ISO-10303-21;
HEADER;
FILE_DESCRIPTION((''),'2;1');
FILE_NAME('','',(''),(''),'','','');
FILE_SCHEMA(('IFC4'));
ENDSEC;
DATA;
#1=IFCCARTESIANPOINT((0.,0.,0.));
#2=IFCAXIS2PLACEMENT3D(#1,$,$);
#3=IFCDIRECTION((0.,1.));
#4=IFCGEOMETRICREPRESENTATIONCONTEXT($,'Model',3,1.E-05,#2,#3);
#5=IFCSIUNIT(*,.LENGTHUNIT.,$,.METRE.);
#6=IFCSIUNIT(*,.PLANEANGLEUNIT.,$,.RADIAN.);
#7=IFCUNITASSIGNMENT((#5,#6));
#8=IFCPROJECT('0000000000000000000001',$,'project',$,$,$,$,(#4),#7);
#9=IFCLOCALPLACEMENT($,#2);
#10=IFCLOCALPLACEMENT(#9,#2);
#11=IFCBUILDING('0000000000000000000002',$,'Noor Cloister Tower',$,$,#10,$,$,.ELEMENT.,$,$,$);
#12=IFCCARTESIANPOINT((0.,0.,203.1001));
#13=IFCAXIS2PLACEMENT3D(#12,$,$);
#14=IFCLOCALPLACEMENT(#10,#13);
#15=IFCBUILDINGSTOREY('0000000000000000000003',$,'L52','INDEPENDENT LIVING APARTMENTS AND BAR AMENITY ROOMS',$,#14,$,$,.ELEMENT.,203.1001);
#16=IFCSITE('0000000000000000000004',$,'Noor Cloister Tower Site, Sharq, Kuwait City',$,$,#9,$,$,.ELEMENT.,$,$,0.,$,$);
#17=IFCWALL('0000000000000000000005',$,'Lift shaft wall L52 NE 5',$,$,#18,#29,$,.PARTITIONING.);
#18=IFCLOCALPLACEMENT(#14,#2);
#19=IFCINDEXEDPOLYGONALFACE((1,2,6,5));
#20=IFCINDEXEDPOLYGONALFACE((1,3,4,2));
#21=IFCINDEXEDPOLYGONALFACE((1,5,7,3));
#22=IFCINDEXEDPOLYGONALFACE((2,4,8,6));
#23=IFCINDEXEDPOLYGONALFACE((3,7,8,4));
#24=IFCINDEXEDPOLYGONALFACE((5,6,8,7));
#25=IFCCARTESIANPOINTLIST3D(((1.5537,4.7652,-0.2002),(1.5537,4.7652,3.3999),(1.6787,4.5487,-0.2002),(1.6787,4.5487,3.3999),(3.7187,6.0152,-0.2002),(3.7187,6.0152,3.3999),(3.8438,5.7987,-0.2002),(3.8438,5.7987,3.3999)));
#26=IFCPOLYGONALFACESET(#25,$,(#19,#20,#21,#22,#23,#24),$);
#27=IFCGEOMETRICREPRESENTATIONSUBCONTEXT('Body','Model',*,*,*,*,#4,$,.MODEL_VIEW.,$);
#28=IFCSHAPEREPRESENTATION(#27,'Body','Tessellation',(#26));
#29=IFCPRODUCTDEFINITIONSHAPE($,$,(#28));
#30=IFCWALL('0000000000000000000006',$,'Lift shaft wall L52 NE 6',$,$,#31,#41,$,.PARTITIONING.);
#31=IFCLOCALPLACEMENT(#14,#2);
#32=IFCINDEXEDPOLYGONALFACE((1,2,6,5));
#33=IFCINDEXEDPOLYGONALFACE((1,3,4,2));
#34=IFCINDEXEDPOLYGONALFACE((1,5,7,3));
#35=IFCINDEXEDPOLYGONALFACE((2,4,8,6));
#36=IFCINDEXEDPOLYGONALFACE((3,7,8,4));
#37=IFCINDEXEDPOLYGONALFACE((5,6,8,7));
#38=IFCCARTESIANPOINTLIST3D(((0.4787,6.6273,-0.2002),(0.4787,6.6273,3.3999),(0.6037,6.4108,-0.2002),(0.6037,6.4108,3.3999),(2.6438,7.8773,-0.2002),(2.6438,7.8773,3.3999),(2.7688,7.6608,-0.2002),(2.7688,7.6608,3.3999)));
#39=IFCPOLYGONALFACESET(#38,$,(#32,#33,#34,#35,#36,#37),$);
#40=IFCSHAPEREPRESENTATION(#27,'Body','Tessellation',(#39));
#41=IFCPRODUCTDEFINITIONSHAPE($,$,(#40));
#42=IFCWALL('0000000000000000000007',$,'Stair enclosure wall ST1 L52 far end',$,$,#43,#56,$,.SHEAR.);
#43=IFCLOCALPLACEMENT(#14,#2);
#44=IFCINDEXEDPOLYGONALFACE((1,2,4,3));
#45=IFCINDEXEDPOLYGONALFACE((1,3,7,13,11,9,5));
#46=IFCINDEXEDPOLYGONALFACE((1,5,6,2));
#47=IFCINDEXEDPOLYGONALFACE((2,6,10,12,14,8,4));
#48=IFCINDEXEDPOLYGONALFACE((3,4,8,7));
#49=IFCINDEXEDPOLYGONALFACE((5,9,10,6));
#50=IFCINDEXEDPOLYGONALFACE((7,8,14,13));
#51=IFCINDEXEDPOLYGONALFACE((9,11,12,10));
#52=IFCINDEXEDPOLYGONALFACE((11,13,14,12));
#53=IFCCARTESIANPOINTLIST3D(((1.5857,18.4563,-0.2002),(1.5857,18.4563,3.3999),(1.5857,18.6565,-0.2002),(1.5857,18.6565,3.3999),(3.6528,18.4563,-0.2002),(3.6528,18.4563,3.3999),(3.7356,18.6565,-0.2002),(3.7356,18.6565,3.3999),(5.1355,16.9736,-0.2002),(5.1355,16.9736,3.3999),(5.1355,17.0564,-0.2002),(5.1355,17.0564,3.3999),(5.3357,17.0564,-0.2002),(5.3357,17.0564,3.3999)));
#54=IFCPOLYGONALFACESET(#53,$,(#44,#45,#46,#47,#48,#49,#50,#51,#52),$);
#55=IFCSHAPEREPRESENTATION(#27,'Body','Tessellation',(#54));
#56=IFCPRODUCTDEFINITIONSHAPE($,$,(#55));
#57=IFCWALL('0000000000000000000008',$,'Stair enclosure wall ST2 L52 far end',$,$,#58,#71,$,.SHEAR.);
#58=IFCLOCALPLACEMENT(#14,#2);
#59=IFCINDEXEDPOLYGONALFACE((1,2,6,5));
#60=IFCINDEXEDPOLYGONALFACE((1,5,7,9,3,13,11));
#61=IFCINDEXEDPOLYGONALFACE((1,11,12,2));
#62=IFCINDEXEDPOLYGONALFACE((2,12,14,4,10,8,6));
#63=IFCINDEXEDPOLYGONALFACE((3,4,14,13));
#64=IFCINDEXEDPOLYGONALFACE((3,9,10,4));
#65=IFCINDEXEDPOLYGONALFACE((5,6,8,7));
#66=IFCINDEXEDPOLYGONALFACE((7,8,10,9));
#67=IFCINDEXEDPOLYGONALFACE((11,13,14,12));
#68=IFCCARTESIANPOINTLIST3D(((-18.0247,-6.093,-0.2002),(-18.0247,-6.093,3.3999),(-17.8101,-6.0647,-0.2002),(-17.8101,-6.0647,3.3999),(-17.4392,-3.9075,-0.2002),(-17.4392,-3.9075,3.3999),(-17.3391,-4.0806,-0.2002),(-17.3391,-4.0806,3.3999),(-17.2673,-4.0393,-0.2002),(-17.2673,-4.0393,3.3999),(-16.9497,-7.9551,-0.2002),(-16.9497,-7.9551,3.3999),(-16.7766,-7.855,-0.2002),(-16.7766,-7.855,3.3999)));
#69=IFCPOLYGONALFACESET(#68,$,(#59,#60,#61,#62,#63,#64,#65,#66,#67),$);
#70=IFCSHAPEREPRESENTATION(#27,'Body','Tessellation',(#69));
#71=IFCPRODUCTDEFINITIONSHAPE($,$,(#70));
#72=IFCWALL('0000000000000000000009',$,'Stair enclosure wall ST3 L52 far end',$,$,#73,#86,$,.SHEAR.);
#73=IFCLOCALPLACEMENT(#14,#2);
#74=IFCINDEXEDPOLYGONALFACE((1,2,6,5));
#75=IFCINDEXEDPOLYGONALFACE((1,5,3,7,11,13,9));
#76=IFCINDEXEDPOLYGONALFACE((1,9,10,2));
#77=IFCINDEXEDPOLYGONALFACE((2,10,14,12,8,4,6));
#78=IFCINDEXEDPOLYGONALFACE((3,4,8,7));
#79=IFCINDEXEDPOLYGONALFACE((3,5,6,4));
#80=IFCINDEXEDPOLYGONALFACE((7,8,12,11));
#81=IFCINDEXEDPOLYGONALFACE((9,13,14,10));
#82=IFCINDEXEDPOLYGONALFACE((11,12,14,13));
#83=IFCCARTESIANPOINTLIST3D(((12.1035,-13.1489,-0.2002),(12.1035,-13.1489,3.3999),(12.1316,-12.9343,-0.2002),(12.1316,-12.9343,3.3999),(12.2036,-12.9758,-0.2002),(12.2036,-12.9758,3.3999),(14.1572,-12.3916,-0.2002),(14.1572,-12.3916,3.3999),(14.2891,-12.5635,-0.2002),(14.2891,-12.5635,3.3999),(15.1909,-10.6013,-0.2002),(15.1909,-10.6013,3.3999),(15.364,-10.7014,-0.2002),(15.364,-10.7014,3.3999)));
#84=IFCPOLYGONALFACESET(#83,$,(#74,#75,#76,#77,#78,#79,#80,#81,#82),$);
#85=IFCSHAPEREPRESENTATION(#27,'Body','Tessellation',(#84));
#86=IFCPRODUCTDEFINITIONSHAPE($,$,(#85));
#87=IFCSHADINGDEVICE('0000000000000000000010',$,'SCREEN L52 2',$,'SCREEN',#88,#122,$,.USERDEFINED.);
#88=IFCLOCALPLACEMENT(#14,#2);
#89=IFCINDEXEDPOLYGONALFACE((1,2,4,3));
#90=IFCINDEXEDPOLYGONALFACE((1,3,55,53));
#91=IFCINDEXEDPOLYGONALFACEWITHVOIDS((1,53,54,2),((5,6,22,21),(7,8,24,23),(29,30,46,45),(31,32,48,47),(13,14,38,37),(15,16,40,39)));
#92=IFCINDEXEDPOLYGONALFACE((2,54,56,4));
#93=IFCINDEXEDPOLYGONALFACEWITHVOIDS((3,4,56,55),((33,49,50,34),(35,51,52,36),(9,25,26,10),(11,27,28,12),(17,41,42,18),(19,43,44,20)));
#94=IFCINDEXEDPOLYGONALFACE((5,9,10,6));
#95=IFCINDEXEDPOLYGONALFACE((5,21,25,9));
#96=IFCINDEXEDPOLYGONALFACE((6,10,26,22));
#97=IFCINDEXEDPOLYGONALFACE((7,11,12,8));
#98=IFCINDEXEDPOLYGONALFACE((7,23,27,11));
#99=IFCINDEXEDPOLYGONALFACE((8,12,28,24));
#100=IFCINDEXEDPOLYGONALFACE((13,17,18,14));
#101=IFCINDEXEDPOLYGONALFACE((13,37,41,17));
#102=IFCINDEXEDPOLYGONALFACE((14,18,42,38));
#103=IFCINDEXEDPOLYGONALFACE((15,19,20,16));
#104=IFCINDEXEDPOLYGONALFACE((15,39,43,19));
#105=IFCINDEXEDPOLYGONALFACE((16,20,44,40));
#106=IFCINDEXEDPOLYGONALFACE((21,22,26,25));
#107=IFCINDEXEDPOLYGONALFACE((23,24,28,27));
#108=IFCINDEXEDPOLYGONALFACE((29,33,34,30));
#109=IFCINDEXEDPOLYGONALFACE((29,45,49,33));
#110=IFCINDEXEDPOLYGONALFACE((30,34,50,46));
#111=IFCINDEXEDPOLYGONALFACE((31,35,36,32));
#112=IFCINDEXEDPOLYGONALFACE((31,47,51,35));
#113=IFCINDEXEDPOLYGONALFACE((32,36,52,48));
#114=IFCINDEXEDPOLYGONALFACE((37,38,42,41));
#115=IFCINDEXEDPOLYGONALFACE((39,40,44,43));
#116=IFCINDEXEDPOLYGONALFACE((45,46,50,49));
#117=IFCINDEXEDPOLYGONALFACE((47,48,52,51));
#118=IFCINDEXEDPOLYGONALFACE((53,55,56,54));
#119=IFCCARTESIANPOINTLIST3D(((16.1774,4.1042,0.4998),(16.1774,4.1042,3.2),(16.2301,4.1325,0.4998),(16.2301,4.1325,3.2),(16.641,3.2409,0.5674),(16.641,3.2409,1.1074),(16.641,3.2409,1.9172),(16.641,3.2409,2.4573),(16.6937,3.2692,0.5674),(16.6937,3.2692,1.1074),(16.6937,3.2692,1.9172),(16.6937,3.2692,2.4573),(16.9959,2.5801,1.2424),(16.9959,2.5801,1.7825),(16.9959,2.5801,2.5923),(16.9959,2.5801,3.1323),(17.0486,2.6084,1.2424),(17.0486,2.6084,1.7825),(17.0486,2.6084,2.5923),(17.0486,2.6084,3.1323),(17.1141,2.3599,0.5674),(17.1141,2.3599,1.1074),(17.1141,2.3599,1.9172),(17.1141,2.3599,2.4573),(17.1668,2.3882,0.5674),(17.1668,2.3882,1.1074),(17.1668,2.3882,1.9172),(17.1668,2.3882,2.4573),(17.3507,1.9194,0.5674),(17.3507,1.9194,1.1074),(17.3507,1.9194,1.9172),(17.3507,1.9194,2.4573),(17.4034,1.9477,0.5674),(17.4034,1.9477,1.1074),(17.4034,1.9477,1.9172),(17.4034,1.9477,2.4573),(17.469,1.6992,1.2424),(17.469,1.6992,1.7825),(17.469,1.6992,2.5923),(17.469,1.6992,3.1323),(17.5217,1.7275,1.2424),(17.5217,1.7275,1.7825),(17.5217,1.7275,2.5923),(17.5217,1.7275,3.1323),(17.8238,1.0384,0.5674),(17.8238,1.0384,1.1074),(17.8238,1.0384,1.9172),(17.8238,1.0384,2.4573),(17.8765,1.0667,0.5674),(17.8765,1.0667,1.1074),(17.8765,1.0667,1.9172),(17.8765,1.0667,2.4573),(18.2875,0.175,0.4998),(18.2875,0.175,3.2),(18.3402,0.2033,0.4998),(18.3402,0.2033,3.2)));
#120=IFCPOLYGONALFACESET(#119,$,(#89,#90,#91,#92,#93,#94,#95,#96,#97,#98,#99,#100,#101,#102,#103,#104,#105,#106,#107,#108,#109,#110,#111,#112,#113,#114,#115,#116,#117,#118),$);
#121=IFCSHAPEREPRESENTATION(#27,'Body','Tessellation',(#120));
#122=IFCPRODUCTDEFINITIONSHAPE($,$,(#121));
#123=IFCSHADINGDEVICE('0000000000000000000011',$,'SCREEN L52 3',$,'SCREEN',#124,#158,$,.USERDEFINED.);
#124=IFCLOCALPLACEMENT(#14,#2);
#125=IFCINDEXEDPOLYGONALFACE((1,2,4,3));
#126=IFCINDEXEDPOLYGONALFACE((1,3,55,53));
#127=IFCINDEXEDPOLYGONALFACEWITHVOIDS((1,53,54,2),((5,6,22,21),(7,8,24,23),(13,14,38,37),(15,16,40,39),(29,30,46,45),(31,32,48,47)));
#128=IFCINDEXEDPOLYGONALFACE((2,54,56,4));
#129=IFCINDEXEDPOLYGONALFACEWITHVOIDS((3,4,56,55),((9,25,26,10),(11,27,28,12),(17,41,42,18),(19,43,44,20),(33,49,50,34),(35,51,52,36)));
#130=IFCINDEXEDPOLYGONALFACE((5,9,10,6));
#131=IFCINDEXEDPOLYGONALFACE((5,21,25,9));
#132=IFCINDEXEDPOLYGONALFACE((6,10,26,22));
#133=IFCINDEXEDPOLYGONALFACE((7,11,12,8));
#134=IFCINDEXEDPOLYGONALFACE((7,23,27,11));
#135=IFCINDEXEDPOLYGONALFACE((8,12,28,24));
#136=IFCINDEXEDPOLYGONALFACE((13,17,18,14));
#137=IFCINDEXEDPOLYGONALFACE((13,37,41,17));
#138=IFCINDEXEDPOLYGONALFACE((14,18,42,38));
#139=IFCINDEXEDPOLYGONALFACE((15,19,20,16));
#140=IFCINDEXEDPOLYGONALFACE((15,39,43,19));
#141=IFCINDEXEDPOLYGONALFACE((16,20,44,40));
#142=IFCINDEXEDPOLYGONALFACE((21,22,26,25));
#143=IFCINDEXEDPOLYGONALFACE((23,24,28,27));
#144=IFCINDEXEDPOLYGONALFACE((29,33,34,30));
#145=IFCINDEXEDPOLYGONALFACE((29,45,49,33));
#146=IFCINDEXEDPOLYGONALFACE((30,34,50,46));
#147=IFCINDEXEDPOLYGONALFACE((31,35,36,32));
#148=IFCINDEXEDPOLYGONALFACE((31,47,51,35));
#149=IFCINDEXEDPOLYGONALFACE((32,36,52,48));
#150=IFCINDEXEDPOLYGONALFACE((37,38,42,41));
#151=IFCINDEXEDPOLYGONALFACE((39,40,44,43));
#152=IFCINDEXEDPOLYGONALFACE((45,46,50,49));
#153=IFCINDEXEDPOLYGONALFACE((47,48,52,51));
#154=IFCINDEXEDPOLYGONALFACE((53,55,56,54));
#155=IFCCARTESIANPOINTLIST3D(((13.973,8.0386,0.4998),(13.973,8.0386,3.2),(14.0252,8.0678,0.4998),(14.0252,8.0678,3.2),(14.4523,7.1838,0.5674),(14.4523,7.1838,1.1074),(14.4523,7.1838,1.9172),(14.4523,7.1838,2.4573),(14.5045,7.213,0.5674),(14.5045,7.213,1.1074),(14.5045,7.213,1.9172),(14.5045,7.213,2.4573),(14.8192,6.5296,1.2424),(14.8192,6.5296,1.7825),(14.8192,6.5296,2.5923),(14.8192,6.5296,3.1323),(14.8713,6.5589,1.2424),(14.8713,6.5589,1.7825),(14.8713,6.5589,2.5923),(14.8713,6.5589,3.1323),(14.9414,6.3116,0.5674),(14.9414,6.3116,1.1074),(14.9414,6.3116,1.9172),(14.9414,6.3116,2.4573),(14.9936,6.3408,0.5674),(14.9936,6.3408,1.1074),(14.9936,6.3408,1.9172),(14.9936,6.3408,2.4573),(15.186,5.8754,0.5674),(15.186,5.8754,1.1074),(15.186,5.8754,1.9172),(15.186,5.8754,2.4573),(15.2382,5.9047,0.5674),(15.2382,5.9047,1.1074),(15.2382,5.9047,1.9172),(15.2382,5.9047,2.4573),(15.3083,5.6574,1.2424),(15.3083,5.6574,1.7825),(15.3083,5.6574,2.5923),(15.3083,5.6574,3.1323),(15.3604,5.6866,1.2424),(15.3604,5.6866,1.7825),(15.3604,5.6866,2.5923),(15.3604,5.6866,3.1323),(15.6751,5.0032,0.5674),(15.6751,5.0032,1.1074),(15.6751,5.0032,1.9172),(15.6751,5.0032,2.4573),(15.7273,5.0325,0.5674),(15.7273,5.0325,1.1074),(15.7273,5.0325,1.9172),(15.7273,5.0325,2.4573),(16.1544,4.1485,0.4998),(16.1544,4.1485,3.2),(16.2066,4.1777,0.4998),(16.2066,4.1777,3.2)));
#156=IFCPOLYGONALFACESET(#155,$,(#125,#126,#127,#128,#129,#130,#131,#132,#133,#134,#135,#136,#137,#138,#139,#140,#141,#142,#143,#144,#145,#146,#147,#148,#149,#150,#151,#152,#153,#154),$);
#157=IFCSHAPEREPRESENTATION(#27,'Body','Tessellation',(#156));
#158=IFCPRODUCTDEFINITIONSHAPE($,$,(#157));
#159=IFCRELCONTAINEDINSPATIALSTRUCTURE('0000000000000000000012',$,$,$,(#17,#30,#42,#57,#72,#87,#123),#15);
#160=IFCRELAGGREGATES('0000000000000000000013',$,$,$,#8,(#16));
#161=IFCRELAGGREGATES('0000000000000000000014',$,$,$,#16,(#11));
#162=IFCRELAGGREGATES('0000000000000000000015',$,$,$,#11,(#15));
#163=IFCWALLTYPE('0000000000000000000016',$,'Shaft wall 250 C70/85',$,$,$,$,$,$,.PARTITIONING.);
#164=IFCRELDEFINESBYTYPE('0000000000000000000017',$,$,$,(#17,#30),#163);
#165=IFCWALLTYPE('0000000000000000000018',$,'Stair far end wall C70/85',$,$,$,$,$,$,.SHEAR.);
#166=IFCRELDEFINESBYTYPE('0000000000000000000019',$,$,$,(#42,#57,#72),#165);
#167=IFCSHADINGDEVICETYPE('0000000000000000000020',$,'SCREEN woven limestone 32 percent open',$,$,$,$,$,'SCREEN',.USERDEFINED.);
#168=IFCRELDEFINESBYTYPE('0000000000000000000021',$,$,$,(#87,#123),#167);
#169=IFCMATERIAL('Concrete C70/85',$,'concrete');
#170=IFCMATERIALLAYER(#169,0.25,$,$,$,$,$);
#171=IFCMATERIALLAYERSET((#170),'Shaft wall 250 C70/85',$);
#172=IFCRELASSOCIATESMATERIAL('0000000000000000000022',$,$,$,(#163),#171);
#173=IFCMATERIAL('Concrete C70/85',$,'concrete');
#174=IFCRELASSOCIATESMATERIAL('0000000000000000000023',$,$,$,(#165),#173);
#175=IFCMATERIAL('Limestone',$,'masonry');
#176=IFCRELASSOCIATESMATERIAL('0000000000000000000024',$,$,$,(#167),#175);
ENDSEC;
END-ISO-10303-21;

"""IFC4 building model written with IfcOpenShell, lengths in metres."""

from ifc_helpers import new_model, si_unit, direction, frame, frame_2d, origin, place, context, subcontext, project, spatial, polyline, rectangle, outline, extrude, material, layer, layer_set, material_profile, profile_set, type_object, element, save


model = new_model("IFC4")

# Units and contexts
model_context = context("Model", 3, precision=1e-05, world=origin(), true_north=direction((0.0, 1.0)))
body_context = subcontext(model_context, "Body", "Model", "MODEL_VIEW")
ifc_project = project(units=[si_unit("LENGTHUNIT", "METRE"), si_unit("PLANEANGLEUNIT", "RADIAN")], contexts=[model_context])

# Site, building, storey
site_placement = place(None, origin())
site = spatial("IfcSite", under=ifc_project, at=site_placement, Name="Noor Cloister Tower Site, Sharq, Kuwait City", CompositionType="ELEMENT", RefElevation=0.0)
building_placement = place(site_placement, origin())
building = spatial("IfcBuilding", under=site, at=building_placement, Name="Noor Cloister Tower", CompositionType="ELEMENT")
storey_placement = place(building_placement, frame((0.0, 0.0, 203.1001)))
storey = spatial("IfcBuildingStorey", under=building, at=storey_placement, Name="L52", Description="INDEPENDENT LIVING APARTMENTS AND BAR AMENITY ROOMS", CompositionType="ELEMENT", Elevation=203.1001)

# Walls
ifc_material_1 = material(Name="Concrete C70/85", Category="concrete")
ifc_layer_1 = layer(ifc_material_1, 0.25)
ifc_layer_set_1 = layer_set([ifc_layer_1], Name="Shaft wall 250 C70/85")
wall_type_1 = type_object("IfcWallType", Name="Shaft wall 250 C70/85", PredefinedType="PARTITIONING", material=ifc_layer_set_1)
for number, where, z_axis, x_axis, name in (
    (1, (3.7812, 5.907, -0.2002), (0.0, 0.0, 1.0), (-0.866023, -0.500004, 0.0), "Lift shaft wall L52 NE 5"),
    (2, (2.7063, 7.769, -0.2002), (0.0, 0.0, 1.0), (-0.866023, -0.500004, 0.0), "Lift shaft wall L52 NE 6"),
):
    element("IfcWall", number, at=place(storey_placement, frame(where, z_axis=z_axis, x_axis=x_axis)), inside=storey, type_object=wall_type_1, Name=name, PredefinedType="PARTITIONING", context=body_context, shape_type="SweptSolid", body=[
        extrude(rectangle(XDim=2.5, YDim=0.25, at=frame_2d((1.25, 0.0))), origin(), (0.0, 0.0, 1.0), 3.6001),
    ])
ifc_material_2 = material(Name="Concrete C70/85", Category="concrete")
wall_type_2 = type_object("IfcWallType", Name="Stair far end wall C70/85", PredefinedType="SHEAR", material=ifc_material_2)
wall_1_placement = place(storey_placement, frame((0.0, 0.0, -0.2002)))
element("IfcWall", 3, at=wall_1_placement, inside=storey, type_object=wall_type_2, Name="Stair enclosure wall ST1 L52 far end", PredefinedType="SHEAR", context=body_context, shape_type="SweptSolid", body=[
    extrude(outline(polyline([(5.3357, 17.0564), (3.7356, 18.6565), (1.5857, 18.6565), (1.5857, 18.4563), (3.6528, 18.4563), (5.1355, 16.9736), (5.1355, 17.0564), (5.1355, 17.0564), (5.1355, 17.0564), (5.1355, 17.0564), (5.1355, 17.0564), (5.1355, 17.0564), (5.1355, 17.0564), (5.1355, 17.0564), (5.1355, 17.0564), (5.1355, 17.0564), (5.1355, 17.0564), (5.1355, 17.0564), (5.1355, 17.0564), (5.1355, 17.0564), (5.1355, 17.0564), (5.1355, 17.0564), (5.1355, 17.0564), (5.3357, 17.0564)])), origin(), (0.0, 0.0, 1.0), 3.6001),
])
wall_2_placement = place(storey_placement, frame((0.0, 0.0, -0.2002)))
element("IfcWall", 4, at=wall_2_placement, inside=storey, type_object=wall_type_2, Name="Stair enclosure wall ST2 L52 far end", PredefinedType="SHEAR", context=body_context, shape_type="SweptSolid", body=[
    extrude(outline(polyline([(-17.4392, -3.9075), (-18.0247, -6.093), (-16.9497, -7.9551), (-16.7766, -7.855), (-17.8101, -6.0647), (-17.2673, -4.0393), (-17.3391, -4.0806), (-17.3391, -4.0806), (-17.3391, -4.0806), (-17.3391, -4.0806), (-17.3391, -4.0806), (-17.3391, -4.0806), (-17.3391, -4.0806), (-17.3391, -4.0806), (-17.3391, -4.0806), (-17.3391, -4.0806), (-17.3391, -4.0806), (-17.3391, -4.0806), (-17.3391, -4.0806), (-17.3391, -4.0806), (-17.3391, -4.0806), (-17.3391, -4.0806), (-17.3391, -4.0806), (-17.4392, -3.9075)])), origin(), (0.0, 0.0, 1.0), 3.6001),
])
wall_3_placement = place(storey_placement, frame((0.0, 0.0, -0.2002)))
element("IfcWall", 5, at=wall_3_placement, inside=storey, type_object=wall_type_2, Name="Stair enclosure wall ST3 L52 far end", PredefinedType="SHEAR", context=body_context, shape_type="SweptSolid", body=[
    extrude(outline(polyline([(12.1035, -13.1489), (14.2891, -12.5635), (15.364, -10.7014), (15.1909, -10.6013), (14.1572, -12.3916), (12.1316, -12.9343), (12.2036, -12.9758), (12.2036, -12.9758), (12.2036, -12.9758), (12.2036, -12.9758), (12.2036, -12.9758), (12.2036, -12.9758), (12.2036, -12.9758), (12.2036, -12.9758), (12.2036, -12.9758), (12.2036, -12.9758), (12.2036, -12.9758), (12.2036, -12.9758), (12.2036, -12.9758), (12.2036, -12.9758), (12.2036, -12.9758), (12.2036, -12.9758), (12.2036, -12.9758), (12.1035, -13.1489)])), origin(), (0.0, 0.0, 1.0), 3.6001),
])

# Shading devices
ifc_material_3 = material(Name="Limestone", Category="masonry")
ifc_material_profile_1 = material_profile(ifc_material_3, outline(polyline([(-2.23, -1.3501), (2.23, -1.3501), (2.23, 1.3501), (-2.23, 1.3501), (-2.23, -1.3501)]), holes=[polyline([(-1.25, -1.2825), (-0.25, -1.2825), (-0.25, -0.7424), (-1.25, -0.7424), (-1.25, -1.2825)]), polyline([(0.25, -1.2825), (1.25, -1.2825), (1.25, -0.7424), (0.25, -0.7424), (0.25, -1.2825)]), polyline([(-0.5, -0.6074), (0.5, -0.6074), (0.5, -0.0674), (-0.5, -0.0674), (-0.5, -0.6074)]), polyline([(-1.25, 0.0674), (-0.25, 0.0674), (-0.25, 0.6074), (-1.25, 0.6074), (-1.25, 0.0674)]), polyline([(0.25, 0.0674), (1.25, 0.0674), (1.25, 0.6074), (0.25, 0.6074), (0.25, 0.0674)]), polyline([(-0.5, 0.7424), (0.5, 0.7424), (0.5, 1.2825), (-0.5, 1.2825), (-0.5, 0.7424)])]), Name="Woven screen 32 percent open")
ifc_profile_set_1 = profile_set([ifc_material_profile_1], Name="Limestone")
shading_device_type = type_object("IfcShadingDeviceType", Name="SCREEN woven limestone 32 percent open", ElementType="SCREEN", PredefinedType="USERDEFINED", material=ifc_profile_set_1)
for number, where, z_axis, x_axis, name in (
    (6, (17.2324, 2.1396, 1.8499), (0.880994, 0.473127, 0.0), (-0.473127, 0.880994, 0.0), "SCREEN L52 2"),
    (7, (15.0637, 6.0935, 1.8499), (0.872228, 0.4891, 0.0), (-0.4891, 0.872228, 0.0), "SCREEN L52 3"),
):
    element("IfcShadingDevice", number, at=place(storey_placement, frame(where, z_axis=z_axis, x_axis=x_axis)), inside=storey, type_object=shading_device_type, Name=name, ObjectType="SCREEN", PredefinedType="USERDEFINED", context=body_context, shape_type="SweptSolid", body=[
        extrude(outline(polyline([(-2.23, -1.3501), (2.23, -1.3501), (2.23, 1.3501), (-2.23, 1.3501), (-2.23, -1.3501)]), holes=[polyline([(-1.25, -1.2825), (-0.25, -1.2825), (-0.25, -0.7424), (-1.25, -0.7424), (-1.25, -1.2825)]), polyline([(0.25, -1.2825), (1.25, -1.2825), (1.25, -0.7424), (0.25, -0.7424), (0.25, -1.2825)]), polyline([(-0.5, -0.6074), (0.5, -0.6074), (0.5, -0.0674), (-0.5, -0.0674), (-0.5, -0.6074)]), polyline([(-1.25, 0.0674), (-0.25, 0.0674), (-0.25, 0.6074), (-1.25, 0.6074), (-1.25, 0.0674)]), polyline([(0.25, 0.0674), (1.25, 0.0674), (1.25, 0.6074), (0.25, 0.6074), (0.25, 0.0674)]), polyline([(-0.5, 0.7424), (0.5, 0.7424), (0.5, 1.2825), (-0.5, 1.2825), (-0.5, 0.7424)])]), origin(), (0.0, 0.0, 1.0), 0.0598),
    ])

save(model, "model.ifc")
